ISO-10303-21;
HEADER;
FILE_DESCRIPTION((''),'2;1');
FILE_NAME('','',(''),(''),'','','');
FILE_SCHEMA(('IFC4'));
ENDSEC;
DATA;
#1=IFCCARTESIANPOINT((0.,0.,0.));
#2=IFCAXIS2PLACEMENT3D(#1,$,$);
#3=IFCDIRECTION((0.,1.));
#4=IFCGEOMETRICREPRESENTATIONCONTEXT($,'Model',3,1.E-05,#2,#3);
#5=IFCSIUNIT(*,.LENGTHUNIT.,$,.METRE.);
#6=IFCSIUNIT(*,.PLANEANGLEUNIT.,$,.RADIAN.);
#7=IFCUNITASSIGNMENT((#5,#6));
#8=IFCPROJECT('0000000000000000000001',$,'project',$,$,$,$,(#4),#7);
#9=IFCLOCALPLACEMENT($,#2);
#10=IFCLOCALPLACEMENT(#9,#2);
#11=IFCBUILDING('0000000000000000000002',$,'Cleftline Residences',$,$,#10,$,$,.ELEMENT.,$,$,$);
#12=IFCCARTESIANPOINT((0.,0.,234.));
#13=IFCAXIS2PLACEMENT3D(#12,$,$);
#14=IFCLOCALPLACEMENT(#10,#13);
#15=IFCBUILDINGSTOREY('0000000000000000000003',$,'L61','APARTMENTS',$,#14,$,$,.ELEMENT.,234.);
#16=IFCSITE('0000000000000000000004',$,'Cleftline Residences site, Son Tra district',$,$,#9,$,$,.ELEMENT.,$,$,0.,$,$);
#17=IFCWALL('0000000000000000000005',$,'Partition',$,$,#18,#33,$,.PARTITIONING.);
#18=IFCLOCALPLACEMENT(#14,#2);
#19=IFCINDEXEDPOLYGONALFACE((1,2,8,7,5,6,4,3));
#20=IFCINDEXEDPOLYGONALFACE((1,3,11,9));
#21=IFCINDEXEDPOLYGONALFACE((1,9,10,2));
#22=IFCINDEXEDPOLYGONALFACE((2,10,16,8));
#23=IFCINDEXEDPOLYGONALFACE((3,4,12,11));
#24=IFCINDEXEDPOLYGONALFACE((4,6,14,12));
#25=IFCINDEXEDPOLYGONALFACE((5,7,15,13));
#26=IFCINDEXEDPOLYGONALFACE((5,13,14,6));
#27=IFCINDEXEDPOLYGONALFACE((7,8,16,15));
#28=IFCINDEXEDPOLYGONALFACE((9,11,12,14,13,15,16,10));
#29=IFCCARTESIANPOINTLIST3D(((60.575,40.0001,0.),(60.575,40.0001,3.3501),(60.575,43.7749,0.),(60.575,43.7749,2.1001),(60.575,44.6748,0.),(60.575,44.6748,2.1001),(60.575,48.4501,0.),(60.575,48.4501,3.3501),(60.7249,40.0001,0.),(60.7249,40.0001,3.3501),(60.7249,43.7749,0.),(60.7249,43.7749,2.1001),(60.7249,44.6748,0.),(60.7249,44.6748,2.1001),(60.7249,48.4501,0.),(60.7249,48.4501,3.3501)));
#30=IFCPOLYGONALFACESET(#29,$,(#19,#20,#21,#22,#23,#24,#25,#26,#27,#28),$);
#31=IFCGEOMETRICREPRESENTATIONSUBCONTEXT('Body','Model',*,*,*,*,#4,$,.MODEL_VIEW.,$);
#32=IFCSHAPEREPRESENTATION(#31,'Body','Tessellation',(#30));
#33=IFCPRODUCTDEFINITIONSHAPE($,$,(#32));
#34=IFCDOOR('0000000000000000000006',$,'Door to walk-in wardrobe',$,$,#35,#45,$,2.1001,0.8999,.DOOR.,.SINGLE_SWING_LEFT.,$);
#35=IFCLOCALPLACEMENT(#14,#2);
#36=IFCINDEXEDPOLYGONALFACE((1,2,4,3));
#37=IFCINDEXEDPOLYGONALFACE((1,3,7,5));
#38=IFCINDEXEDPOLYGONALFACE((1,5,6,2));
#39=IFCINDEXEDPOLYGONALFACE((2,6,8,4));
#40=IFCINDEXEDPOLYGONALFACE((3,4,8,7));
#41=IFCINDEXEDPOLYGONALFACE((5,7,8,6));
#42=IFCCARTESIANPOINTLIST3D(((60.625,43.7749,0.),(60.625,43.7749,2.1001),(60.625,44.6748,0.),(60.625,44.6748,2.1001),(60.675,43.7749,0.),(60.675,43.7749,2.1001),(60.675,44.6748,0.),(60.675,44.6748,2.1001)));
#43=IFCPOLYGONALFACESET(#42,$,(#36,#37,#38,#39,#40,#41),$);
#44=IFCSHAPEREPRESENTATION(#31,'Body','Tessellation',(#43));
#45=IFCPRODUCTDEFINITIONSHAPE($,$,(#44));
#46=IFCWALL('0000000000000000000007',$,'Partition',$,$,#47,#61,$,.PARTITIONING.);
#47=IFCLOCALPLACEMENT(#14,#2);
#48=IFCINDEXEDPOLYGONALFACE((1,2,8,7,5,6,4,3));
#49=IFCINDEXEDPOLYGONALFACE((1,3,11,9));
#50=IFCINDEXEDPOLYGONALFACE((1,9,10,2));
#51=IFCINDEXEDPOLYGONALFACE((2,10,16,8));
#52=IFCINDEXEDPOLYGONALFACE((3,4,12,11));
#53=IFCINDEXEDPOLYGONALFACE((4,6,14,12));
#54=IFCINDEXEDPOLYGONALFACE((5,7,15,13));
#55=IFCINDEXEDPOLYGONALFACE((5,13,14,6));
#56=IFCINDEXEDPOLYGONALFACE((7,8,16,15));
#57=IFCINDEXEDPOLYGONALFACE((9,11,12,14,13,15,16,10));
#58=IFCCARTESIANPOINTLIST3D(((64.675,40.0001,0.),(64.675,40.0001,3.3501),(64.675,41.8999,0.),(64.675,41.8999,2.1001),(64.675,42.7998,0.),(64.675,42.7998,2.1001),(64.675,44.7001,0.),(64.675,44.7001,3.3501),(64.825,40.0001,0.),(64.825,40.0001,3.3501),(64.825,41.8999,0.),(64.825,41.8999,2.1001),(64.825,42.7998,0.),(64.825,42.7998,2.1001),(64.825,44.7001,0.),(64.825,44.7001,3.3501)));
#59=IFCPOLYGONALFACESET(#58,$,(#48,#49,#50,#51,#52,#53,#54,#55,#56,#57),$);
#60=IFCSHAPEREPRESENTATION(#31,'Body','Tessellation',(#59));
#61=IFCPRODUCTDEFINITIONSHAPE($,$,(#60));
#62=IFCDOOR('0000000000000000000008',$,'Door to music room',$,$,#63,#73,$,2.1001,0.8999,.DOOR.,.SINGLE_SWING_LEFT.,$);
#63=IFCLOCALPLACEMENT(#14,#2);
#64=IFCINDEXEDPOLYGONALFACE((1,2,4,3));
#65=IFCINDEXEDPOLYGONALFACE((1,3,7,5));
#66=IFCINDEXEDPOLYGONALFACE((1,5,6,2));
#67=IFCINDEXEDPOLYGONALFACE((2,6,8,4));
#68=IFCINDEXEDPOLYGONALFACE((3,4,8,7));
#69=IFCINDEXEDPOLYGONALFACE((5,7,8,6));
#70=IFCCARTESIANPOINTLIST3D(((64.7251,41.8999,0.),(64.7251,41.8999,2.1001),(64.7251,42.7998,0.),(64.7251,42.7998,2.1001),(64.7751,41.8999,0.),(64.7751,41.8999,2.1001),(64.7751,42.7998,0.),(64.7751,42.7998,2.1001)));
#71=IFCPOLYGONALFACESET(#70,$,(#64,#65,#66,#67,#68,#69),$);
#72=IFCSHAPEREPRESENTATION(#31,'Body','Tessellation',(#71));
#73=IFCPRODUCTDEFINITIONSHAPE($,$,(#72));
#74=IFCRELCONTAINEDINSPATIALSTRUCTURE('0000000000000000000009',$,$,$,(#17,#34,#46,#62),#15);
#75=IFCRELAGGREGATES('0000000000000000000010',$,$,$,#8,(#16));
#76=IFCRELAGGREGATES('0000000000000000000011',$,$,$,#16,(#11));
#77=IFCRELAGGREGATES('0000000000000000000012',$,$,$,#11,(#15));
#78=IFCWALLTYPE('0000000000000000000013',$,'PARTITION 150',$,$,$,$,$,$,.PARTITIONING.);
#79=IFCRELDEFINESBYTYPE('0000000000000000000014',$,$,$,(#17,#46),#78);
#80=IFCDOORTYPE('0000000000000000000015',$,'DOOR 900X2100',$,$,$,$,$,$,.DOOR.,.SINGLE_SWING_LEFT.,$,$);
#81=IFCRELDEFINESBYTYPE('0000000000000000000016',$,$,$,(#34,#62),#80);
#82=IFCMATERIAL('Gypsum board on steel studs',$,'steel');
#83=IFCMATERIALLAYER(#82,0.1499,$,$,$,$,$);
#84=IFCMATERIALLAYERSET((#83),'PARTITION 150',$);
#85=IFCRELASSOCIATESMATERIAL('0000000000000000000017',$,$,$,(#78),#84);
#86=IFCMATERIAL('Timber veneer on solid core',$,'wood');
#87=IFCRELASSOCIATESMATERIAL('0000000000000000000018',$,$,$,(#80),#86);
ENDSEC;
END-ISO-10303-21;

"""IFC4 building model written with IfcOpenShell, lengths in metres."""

from ifc_helpers import new_model, si_unit, direction, frame, frame_2d, origin, place, context, subcontext, project, spatial, rectangle, extrude, material, layer, layer_set, type_object, element, fill, save


model = new_model("IFC4")

# Units and contexts
model_context = context("Model", 3, precision=1e-05, world=origin(), true_north=direction((0.0, 1.0)))
body_context = subcontext(model_context, "Body", "Model", "MODEL_VIEW")
ifc_project = project(units=[si_unit("LENGTHUNIT", "METRE"), si_unit("PLANEANGLEUNIT", "RADIAN")], contexts=[model_context])

# Site, building, storey
site_placement = place(None, origin())
site = spatial("IfcSite", under=ifc_project, at=site_placement, Name="Cleftline Residences site, Son Tra district", CompositionType="ELEMENT", RefElevation=0.0)
building_placement = place(site_placement, origin())
building = spatial("IfcBuilding", under=site, at=building_placement, Name="Cleftline Residences", CompositionType="ELEMENT")
storey_placement = place(building_placement, frame((0.0, 0.0, 234.0)))
storey = spatial("IfcBuildingStorey", under=building, at=storey_placement, Name="L61", Description="APARTMENTS", CompositionType="ELEMENT", Elevation=234.0)

# Shared definitions
ifc_material_1 = material(Name="Gypsum board on steel studs", Category="steel")
ifc_layer_1 = layer(ifc_material_1, 0.1499)
ifc_layer_set_1 = layer_set([ifc_layer_1], Name="PARTITION 150")
wall_type_1 = type_object("IfcWallType", Name="PARTITION 150", PredefinedType="PARTITIONING", material=ifc_layer_set_1)

# Walls, openings, doors
wall_1_placement = place(storey_placement, frame((60.6499, 40.0, 0.0), z_axis=(0.0, 0.0, 1.0), x_axis=(0.0, 1.0, 0.0)))
wall_1 = element("IfcWall", 1, at=wall_1_placement, inside=storey, type_object=wall_type_1, Name="Partition", PredefinedType="PARTITIONING", context=body_context, shape_type="SweptSolid", body=[
    extrude(rectangle(XDim=8.45, YDim=0.1499, at=frame_2d((4.2251, 0.0))), origin(), (0.0, 0.0, 1.0), 3.3501),
])
opening_1_placement = place(wall_1_placement, frame((3.7749, 0.0, 0.0)))
opening_1 = element("IfcOpeningElement", 2, at=opening_1_placement, cuts=wall_1, PredefinedType="OPENING", context=body_context, shape_type="SweptSolid", body=[
    extrude(rectangle(XDim=0.8999, YDim=2.1001, at=frame_2d((0.45, 1.05))), frame((0.0, 0.085, 0.0), z_axis=(0.0, -1.0, 0.0), x_axis=(1.0, 0.0, 0.0)), (0.0, 0.0, 1.0), 0.1699),
])
ifc_material_2 = material(Name="Timber veneer on solid core", Category="wood")
door_type = type_object("IfcDoorType", Name="DOOR 900X2100", OperationType="SINGLE_SWING_LEFT", PredefinedType="DOOR", material=ifc_material_2)
door_1_placement = place(opening_1_placement, origin())
door_1 = element("IfcDoor", 3, at=door_1_placement, inside=storey, type_object=door_type, Name="Door to walk-in wardrobe", OperationType="SINGLE_SWING_LEFT", OverallHeight=2.1001, OverallWidth=0.8999, PredefinedType="DOOR", context=body_context, shape_type="SweptSolid", body=[
    extrude(rectangle(XDim=0.8999, YDim=2.1001, at=frame_2d((0.45, 1.05))), frame((0.0, 0.0249, 0.0), z_axis=(0.0, -1.0, 0.0), x_axis=(1.0, 0.0, 0.0)), (0.0, 0.0, 1.0), 0.05),
])
fill(opening_1, door_1)
wall_2_placement = place(storey_placement, frame((64.75, 40.0, 0.0), z_axis=(0.0, 0.0, 1.0), x_axis=(0.0, 1.0, 0.0)))
wall_2 = element("IfcWall", 4, at=wall_2_placement, inside=storey, type_object=wall_type_1, Name="Partition", PredefinedType="PARTITIONING", context=body_context, shape_type="SweptSolid", body=[
    extrude(rectangle(XDim=4.7, YDim=0.1499, at=frame_2d((2.3501, 0.0))), origin(), (0.0, 0.0, 1.0), 3.3501),
])
opening_2_placement = place(wall_2_placement, frame((1.8999, 0.0, 0.0)))
opening_2 = element("IfcOpeningElement", 5, at=opening_2_placement, cuts=wall_2, PredefinedType="OPENING", context=body_context, shape_type="SweptSolid", body=[
    extrude(rectangle(XDim=0.8999, YDim=2.1001, at=frame_2d((0.45, 1.05))), frame((0.0, 0.085, 0.0), z_axis=(0.0, -1.0, 0.0), x_axis=(1.0, 0.0, 0.0)), (0.0, 0.0, 1.0), 0.1699),
])
door_2_placement = place(opening_2_placement, origin())
door_2 = element("IfcDoor", 6, at=door_2_placement, inside=storey, type_object=door_type, Name="Door to music room", OperationType="SINGLE_SWING_LEFT", OverallHeight=2.1001, OverallWidth=0.8999, PredefinedType="DOOR", context=body_context, shape_type="SweptSolid", body=[
    extrude(rectangle(XDim=0.8999, YDim=2.1001, at=frame_2d((0.45, 1.05))), frame((0.0, 0.0249, 0.0), z_axis=(0.0, -1.0, 0.0), x_axis=(1.0, 0.0, 0.0)), (0.0, 0.0, 1.0), 0.05),
])
fill(opening_2, door_2)

save(model, "model.ifc")
